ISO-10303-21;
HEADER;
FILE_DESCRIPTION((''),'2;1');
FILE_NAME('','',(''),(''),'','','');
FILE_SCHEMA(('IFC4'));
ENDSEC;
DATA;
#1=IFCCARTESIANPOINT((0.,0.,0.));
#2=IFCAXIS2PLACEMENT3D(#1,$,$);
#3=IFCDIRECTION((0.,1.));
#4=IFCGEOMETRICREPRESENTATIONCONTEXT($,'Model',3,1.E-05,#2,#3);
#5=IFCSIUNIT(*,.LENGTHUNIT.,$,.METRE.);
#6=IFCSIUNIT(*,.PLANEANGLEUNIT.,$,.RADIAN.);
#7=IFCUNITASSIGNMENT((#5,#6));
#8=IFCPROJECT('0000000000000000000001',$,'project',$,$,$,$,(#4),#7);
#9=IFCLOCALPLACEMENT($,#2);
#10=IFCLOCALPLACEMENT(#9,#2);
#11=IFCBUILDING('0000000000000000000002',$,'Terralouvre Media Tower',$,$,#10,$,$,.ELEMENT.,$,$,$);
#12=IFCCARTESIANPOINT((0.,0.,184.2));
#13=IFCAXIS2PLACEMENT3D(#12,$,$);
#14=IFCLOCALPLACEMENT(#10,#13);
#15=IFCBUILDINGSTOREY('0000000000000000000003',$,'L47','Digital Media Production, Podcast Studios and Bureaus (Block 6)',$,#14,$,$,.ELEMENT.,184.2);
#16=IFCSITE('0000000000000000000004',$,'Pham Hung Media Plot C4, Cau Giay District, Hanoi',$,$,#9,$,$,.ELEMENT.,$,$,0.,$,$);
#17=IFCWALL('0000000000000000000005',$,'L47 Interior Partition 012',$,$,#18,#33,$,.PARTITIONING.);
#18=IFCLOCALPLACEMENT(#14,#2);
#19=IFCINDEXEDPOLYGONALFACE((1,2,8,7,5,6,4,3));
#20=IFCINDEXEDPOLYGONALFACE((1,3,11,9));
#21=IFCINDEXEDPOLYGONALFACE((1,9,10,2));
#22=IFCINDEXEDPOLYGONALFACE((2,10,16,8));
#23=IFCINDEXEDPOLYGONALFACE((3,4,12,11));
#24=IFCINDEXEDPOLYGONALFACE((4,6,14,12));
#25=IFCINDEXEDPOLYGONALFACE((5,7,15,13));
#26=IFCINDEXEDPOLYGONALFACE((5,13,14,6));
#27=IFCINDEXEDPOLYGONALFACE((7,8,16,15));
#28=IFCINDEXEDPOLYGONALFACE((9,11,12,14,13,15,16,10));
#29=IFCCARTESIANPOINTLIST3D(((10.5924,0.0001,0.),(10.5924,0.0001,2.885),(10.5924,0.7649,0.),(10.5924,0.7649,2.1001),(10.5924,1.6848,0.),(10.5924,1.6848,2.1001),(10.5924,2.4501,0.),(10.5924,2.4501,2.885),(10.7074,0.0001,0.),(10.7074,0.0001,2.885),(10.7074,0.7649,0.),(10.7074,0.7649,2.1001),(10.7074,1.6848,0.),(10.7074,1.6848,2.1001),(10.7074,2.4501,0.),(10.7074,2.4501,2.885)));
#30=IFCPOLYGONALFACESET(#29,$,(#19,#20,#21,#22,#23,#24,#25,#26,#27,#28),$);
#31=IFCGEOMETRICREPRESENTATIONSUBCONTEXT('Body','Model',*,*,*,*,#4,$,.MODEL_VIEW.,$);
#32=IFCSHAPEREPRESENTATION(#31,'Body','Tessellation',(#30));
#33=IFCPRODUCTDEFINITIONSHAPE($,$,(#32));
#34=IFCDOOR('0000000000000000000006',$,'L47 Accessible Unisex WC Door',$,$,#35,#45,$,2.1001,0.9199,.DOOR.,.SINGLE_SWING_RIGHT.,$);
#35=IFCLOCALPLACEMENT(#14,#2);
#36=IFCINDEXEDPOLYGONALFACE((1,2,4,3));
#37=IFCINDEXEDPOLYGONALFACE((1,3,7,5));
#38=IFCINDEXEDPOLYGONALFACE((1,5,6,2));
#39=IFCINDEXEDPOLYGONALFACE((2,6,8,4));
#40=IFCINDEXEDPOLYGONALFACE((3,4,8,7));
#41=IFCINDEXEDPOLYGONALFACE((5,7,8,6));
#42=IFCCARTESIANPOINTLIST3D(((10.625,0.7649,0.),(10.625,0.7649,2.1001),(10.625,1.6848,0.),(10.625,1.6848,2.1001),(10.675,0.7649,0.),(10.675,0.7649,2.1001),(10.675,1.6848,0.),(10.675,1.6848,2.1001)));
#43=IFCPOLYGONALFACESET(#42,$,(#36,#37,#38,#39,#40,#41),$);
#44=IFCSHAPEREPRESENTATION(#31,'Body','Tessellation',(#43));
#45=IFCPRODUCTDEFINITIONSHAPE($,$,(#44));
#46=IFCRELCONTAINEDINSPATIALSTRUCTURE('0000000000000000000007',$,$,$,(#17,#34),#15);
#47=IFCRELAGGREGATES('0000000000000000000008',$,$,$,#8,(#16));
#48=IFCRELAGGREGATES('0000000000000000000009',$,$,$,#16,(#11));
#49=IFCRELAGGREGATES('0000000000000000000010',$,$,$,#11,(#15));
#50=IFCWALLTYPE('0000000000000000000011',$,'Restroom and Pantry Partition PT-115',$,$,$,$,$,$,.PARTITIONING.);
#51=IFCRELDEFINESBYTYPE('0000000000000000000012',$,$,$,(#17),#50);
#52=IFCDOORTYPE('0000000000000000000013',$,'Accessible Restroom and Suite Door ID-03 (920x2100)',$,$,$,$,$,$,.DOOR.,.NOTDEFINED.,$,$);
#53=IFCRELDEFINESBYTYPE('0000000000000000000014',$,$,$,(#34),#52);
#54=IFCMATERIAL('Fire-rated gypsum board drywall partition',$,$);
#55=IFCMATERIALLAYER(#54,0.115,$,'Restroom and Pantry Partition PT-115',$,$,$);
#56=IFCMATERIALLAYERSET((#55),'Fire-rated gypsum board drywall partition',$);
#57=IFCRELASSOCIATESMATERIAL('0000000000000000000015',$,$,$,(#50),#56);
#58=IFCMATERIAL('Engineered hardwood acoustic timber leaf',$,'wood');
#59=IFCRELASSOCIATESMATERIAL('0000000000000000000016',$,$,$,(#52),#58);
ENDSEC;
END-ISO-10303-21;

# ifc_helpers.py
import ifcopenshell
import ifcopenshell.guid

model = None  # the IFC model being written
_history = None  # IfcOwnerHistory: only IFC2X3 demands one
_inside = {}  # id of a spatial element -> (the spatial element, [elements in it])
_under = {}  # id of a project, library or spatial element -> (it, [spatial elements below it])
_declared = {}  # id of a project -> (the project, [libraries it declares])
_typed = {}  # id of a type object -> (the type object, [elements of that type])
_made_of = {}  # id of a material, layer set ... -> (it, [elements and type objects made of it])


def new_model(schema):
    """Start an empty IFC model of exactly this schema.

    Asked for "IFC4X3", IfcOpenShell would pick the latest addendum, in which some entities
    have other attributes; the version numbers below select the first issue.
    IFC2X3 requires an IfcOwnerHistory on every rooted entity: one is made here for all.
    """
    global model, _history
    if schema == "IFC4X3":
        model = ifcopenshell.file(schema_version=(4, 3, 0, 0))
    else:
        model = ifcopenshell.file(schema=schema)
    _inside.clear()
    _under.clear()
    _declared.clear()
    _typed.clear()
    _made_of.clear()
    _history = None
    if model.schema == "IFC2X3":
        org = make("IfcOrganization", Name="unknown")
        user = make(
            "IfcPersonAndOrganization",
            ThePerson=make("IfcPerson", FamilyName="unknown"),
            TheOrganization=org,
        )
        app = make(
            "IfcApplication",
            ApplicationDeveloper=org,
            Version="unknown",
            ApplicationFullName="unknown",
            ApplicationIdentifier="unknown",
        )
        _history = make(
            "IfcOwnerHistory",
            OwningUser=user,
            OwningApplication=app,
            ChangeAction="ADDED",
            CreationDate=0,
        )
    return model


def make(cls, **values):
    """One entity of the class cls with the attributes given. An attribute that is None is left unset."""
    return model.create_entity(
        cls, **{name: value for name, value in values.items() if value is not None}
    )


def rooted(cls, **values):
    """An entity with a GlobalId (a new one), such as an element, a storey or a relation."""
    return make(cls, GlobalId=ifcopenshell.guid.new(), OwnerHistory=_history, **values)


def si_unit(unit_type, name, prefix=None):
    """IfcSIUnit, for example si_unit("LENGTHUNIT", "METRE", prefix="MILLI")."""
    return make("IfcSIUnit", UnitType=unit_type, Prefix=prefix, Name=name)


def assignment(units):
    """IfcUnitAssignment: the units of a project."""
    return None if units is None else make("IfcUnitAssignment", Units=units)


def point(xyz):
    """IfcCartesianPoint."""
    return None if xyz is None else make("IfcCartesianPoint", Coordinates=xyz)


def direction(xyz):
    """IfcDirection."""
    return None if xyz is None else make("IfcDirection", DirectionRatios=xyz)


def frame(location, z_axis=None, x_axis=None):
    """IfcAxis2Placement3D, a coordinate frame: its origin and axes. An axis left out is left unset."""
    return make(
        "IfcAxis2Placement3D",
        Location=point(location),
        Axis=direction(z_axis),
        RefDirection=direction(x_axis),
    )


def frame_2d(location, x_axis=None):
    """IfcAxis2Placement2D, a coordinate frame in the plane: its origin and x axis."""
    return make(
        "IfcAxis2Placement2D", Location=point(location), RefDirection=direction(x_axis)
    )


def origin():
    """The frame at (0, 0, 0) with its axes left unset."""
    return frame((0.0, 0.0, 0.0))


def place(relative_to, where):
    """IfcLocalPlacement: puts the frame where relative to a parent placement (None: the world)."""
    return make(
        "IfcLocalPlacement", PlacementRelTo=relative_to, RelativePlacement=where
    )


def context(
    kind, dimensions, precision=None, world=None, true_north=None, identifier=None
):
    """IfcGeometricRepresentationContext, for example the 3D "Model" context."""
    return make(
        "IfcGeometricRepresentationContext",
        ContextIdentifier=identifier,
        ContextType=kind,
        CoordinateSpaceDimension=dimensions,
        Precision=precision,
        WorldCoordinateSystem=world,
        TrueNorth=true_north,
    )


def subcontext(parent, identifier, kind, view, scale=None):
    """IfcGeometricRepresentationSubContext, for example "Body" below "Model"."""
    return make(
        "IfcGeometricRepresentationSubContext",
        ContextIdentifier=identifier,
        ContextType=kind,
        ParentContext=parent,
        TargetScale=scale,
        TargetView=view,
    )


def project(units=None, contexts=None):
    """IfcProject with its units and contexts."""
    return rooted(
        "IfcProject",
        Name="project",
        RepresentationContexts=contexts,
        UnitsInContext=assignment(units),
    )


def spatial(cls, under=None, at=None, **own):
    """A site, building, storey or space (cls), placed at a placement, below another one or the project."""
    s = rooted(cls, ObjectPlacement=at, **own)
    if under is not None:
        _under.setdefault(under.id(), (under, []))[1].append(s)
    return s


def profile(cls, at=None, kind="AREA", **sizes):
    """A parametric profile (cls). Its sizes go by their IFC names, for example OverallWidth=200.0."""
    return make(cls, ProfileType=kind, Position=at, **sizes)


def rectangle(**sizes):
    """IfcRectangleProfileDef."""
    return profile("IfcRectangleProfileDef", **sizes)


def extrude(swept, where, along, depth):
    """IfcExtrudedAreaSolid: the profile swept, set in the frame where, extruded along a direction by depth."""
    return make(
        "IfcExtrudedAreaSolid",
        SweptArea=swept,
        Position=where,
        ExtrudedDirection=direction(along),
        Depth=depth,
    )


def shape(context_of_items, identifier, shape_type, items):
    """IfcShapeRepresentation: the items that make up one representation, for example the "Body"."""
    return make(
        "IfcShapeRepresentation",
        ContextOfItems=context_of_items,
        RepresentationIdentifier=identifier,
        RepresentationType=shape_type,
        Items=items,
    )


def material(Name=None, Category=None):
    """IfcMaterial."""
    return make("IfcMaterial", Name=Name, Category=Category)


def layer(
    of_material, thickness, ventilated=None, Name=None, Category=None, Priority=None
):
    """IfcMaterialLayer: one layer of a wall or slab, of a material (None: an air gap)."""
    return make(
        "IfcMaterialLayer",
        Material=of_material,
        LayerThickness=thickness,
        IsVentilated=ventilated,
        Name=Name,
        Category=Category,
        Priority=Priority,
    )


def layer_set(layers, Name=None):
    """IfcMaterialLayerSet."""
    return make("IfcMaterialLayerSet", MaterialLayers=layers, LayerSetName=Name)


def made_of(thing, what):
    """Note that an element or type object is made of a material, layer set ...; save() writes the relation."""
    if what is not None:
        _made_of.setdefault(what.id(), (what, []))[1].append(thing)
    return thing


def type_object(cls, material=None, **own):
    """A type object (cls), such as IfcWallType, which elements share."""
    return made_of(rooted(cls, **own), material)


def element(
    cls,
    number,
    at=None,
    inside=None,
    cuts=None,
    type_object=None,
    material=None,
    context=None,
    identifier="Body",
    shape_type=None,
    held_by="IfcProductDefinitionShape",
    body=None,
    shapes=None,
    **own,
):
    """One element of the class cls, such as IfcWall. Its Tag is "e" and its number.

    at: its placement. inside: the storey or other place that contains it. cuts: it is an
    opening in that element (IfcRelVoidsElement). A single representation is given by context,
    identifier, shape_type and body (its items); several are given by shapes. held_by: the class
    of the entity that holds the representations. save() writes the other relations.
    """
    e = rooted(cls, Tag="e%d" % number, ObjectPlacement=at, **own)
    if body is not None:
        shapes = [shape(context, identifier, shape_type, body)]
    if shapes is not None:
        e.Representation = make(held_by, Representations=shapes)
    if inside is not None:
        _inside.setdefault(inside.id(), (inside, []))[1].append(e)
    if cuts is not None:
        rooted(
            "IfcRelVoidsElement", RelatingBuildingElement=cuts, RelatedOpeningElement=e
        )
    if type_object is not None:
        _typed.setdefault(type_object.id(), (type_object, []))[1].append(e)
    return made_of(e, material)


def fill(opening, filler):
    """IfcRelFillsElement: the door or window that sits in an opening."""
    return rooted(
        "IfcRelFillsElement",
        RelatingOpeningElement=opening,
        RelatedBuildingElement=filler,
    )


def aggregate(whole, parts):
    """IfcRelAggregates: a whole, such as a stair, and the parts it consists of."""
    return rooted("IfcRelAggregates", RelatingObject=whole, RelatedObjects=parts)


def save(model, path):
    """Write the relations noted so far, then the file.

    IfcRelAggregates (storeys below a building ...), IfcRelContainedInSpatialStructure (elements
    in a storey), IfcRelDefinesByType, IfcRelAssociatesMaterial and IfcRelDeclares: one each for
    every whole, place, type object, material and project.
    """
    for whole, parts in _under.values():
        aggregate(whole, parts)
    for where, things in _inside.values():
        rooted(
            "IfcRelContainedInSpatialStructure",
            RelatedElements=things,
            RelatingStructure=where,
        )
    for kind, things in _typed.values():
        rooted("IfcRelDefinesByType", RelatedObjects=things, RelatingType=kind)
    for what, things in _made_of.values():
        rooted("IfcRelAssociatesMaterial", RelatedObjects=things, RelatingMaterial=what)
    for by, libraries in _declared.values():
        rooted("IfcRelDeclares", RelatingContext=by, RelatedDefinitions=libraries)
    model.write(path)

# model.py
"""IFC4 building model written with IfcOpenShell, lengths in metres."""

from ifc_helpers import new_model, si_unit, direction, frame, frame_2d, origin, place, context, subcontext, project, spatial, rectangle, extrude, material, layer, layer_set, type_object, element, fill, save


model = new_model("IFC4")

# Units and contexts
model_context = context("Model", 3, precision=1e-05, world=origin(), true_north=direction((0.0, 1.0)))
body_context = subcontext(model_context, "Body", "Model", "MODEL_VIEW")
ifc_project = project(units=[si_unit("LENGTHUNIT", "METRE"), si_unit("PLANEANGLEUNIT", "RADIAN")], contexts=[model_context])

# Site, building, storey
site_placement = place(None, origin())
site = spatial("IfcSite", under=ifc_project, at=site_placement, Name="Pham Hung Media Plot C4, Cau Giay District, Hanoi", CompositionType="ELEMENT", RefElevation=0.0)
building_placement = place(site_placement, origin())
building = spatial("IfcBuilding", under=site, at=building_placement, Name="Terralouvre Media Tower", CompositionType="ELEMENT")
storey_placement = place(building_placement, frame((0.0, 0.0, 184.2)))
storey = spatial("IfcBuildingStorey", under=building, at=storey_placement, Name="L47", Description="Digital Media Production, Podcast Studios and Bureaus (Block 6)", CompositionType="ELEMENT", Elevation=184.2)

# Wall, opening, door
ifc_material_1 = material(Name="Fire-rated gypsum board drywall partition")
ifc_layer_1 = layer(ifc_material_1, 0.115, Name="Restroom and Pantry Partition PT-115")
ifc_layer_set_1 = layer_set([ifc_layer_1], Name="Fire-rated gypsum board drywall partition")
wall_type_1 = type_object("IfcWallType", Name="Restroom and Pantry Partition PT-115", PredefinedType="PARTITIONING", material=ifc_layer_set_1)
wall_1_placement = place(storey_placement, frame((10.6499, 0.0, 0.0), z_axis=(0.0, 0.0, 1.0), x_axis=(0.0, 1.0, 0.0)))
wall_1 = element("IfcWall", 1, at=wall_1_placement, inside=storey, type_object=wall_type_1, Name="L47 Interior Partition 012", PredefinedType="PARTITIONING", context=body_context, shape_type="SweptSolid", body=[
    extrude(rectangle(XDim=2.45, YDim=0.115, at=frame_2d((1.2251, 0.0))), origin(), (0.0, 0.0, 1.0), 2.885),
])
opening_1_placement = place(wall_1_placement, frame((0.7649, 0.0, 0.0)))
opening_1 = element("IfcOpeningElement", 2, at=opening_1_placement, cuts=wall_1, PredefinedType="OPENING", context=body_context, shape_type="SweptSolid", body=[
    extrude(rectangle(XDim=0.9199, YDim=2.1001, at=frame_2d((0.46, 1.05))), frame((0.0, 0.0674, 0.0), z_axis=(0.0, -1.0, 0.0), x_axis=(1.0, 0.0, 0.0)), (0.0, 0.0, 1.0), 0.135),
])
ifc_material_2 = material(Name="Engineered hardwood acoustic timber leaf", Category="wood")
door_type_1 = type_object("IfcDoorType", Name="Accessible Restroom and Suite Door ID-03 (920x2100)", OperationType="NOTDEFINED", PredefinedType="DOOR", material=ifc_material_2)
door_1_placement = place(opening_1_placement, origin())
door_1 = element("IfcDoor", 3, at=door_1_placement, inside=storey, type_object=door_type_1, Name="L47 Accessible Unisex WC Door", OperationType="SINGLE_SWING_RIGHT", OverallHeight=2.1001, OverallWidth=0.9199, PredefinedType="DOOR", context=body_context, shape_type="SweptSolid", body=[
    extrude(rectangle(XDim=0.9199, YDim=2.1001, at=frame_2d((0.46, 1.05))), frame((0.0, 0.0249, 0.0), z_axis=(0.0, -1.0, 0.0), x_axis=(1.0, 0.0, 0.0)), (0.0, 0.0, 1.0), 0.05),
])
fill(opening_1, door_1)

save(model, "model.ifc")
